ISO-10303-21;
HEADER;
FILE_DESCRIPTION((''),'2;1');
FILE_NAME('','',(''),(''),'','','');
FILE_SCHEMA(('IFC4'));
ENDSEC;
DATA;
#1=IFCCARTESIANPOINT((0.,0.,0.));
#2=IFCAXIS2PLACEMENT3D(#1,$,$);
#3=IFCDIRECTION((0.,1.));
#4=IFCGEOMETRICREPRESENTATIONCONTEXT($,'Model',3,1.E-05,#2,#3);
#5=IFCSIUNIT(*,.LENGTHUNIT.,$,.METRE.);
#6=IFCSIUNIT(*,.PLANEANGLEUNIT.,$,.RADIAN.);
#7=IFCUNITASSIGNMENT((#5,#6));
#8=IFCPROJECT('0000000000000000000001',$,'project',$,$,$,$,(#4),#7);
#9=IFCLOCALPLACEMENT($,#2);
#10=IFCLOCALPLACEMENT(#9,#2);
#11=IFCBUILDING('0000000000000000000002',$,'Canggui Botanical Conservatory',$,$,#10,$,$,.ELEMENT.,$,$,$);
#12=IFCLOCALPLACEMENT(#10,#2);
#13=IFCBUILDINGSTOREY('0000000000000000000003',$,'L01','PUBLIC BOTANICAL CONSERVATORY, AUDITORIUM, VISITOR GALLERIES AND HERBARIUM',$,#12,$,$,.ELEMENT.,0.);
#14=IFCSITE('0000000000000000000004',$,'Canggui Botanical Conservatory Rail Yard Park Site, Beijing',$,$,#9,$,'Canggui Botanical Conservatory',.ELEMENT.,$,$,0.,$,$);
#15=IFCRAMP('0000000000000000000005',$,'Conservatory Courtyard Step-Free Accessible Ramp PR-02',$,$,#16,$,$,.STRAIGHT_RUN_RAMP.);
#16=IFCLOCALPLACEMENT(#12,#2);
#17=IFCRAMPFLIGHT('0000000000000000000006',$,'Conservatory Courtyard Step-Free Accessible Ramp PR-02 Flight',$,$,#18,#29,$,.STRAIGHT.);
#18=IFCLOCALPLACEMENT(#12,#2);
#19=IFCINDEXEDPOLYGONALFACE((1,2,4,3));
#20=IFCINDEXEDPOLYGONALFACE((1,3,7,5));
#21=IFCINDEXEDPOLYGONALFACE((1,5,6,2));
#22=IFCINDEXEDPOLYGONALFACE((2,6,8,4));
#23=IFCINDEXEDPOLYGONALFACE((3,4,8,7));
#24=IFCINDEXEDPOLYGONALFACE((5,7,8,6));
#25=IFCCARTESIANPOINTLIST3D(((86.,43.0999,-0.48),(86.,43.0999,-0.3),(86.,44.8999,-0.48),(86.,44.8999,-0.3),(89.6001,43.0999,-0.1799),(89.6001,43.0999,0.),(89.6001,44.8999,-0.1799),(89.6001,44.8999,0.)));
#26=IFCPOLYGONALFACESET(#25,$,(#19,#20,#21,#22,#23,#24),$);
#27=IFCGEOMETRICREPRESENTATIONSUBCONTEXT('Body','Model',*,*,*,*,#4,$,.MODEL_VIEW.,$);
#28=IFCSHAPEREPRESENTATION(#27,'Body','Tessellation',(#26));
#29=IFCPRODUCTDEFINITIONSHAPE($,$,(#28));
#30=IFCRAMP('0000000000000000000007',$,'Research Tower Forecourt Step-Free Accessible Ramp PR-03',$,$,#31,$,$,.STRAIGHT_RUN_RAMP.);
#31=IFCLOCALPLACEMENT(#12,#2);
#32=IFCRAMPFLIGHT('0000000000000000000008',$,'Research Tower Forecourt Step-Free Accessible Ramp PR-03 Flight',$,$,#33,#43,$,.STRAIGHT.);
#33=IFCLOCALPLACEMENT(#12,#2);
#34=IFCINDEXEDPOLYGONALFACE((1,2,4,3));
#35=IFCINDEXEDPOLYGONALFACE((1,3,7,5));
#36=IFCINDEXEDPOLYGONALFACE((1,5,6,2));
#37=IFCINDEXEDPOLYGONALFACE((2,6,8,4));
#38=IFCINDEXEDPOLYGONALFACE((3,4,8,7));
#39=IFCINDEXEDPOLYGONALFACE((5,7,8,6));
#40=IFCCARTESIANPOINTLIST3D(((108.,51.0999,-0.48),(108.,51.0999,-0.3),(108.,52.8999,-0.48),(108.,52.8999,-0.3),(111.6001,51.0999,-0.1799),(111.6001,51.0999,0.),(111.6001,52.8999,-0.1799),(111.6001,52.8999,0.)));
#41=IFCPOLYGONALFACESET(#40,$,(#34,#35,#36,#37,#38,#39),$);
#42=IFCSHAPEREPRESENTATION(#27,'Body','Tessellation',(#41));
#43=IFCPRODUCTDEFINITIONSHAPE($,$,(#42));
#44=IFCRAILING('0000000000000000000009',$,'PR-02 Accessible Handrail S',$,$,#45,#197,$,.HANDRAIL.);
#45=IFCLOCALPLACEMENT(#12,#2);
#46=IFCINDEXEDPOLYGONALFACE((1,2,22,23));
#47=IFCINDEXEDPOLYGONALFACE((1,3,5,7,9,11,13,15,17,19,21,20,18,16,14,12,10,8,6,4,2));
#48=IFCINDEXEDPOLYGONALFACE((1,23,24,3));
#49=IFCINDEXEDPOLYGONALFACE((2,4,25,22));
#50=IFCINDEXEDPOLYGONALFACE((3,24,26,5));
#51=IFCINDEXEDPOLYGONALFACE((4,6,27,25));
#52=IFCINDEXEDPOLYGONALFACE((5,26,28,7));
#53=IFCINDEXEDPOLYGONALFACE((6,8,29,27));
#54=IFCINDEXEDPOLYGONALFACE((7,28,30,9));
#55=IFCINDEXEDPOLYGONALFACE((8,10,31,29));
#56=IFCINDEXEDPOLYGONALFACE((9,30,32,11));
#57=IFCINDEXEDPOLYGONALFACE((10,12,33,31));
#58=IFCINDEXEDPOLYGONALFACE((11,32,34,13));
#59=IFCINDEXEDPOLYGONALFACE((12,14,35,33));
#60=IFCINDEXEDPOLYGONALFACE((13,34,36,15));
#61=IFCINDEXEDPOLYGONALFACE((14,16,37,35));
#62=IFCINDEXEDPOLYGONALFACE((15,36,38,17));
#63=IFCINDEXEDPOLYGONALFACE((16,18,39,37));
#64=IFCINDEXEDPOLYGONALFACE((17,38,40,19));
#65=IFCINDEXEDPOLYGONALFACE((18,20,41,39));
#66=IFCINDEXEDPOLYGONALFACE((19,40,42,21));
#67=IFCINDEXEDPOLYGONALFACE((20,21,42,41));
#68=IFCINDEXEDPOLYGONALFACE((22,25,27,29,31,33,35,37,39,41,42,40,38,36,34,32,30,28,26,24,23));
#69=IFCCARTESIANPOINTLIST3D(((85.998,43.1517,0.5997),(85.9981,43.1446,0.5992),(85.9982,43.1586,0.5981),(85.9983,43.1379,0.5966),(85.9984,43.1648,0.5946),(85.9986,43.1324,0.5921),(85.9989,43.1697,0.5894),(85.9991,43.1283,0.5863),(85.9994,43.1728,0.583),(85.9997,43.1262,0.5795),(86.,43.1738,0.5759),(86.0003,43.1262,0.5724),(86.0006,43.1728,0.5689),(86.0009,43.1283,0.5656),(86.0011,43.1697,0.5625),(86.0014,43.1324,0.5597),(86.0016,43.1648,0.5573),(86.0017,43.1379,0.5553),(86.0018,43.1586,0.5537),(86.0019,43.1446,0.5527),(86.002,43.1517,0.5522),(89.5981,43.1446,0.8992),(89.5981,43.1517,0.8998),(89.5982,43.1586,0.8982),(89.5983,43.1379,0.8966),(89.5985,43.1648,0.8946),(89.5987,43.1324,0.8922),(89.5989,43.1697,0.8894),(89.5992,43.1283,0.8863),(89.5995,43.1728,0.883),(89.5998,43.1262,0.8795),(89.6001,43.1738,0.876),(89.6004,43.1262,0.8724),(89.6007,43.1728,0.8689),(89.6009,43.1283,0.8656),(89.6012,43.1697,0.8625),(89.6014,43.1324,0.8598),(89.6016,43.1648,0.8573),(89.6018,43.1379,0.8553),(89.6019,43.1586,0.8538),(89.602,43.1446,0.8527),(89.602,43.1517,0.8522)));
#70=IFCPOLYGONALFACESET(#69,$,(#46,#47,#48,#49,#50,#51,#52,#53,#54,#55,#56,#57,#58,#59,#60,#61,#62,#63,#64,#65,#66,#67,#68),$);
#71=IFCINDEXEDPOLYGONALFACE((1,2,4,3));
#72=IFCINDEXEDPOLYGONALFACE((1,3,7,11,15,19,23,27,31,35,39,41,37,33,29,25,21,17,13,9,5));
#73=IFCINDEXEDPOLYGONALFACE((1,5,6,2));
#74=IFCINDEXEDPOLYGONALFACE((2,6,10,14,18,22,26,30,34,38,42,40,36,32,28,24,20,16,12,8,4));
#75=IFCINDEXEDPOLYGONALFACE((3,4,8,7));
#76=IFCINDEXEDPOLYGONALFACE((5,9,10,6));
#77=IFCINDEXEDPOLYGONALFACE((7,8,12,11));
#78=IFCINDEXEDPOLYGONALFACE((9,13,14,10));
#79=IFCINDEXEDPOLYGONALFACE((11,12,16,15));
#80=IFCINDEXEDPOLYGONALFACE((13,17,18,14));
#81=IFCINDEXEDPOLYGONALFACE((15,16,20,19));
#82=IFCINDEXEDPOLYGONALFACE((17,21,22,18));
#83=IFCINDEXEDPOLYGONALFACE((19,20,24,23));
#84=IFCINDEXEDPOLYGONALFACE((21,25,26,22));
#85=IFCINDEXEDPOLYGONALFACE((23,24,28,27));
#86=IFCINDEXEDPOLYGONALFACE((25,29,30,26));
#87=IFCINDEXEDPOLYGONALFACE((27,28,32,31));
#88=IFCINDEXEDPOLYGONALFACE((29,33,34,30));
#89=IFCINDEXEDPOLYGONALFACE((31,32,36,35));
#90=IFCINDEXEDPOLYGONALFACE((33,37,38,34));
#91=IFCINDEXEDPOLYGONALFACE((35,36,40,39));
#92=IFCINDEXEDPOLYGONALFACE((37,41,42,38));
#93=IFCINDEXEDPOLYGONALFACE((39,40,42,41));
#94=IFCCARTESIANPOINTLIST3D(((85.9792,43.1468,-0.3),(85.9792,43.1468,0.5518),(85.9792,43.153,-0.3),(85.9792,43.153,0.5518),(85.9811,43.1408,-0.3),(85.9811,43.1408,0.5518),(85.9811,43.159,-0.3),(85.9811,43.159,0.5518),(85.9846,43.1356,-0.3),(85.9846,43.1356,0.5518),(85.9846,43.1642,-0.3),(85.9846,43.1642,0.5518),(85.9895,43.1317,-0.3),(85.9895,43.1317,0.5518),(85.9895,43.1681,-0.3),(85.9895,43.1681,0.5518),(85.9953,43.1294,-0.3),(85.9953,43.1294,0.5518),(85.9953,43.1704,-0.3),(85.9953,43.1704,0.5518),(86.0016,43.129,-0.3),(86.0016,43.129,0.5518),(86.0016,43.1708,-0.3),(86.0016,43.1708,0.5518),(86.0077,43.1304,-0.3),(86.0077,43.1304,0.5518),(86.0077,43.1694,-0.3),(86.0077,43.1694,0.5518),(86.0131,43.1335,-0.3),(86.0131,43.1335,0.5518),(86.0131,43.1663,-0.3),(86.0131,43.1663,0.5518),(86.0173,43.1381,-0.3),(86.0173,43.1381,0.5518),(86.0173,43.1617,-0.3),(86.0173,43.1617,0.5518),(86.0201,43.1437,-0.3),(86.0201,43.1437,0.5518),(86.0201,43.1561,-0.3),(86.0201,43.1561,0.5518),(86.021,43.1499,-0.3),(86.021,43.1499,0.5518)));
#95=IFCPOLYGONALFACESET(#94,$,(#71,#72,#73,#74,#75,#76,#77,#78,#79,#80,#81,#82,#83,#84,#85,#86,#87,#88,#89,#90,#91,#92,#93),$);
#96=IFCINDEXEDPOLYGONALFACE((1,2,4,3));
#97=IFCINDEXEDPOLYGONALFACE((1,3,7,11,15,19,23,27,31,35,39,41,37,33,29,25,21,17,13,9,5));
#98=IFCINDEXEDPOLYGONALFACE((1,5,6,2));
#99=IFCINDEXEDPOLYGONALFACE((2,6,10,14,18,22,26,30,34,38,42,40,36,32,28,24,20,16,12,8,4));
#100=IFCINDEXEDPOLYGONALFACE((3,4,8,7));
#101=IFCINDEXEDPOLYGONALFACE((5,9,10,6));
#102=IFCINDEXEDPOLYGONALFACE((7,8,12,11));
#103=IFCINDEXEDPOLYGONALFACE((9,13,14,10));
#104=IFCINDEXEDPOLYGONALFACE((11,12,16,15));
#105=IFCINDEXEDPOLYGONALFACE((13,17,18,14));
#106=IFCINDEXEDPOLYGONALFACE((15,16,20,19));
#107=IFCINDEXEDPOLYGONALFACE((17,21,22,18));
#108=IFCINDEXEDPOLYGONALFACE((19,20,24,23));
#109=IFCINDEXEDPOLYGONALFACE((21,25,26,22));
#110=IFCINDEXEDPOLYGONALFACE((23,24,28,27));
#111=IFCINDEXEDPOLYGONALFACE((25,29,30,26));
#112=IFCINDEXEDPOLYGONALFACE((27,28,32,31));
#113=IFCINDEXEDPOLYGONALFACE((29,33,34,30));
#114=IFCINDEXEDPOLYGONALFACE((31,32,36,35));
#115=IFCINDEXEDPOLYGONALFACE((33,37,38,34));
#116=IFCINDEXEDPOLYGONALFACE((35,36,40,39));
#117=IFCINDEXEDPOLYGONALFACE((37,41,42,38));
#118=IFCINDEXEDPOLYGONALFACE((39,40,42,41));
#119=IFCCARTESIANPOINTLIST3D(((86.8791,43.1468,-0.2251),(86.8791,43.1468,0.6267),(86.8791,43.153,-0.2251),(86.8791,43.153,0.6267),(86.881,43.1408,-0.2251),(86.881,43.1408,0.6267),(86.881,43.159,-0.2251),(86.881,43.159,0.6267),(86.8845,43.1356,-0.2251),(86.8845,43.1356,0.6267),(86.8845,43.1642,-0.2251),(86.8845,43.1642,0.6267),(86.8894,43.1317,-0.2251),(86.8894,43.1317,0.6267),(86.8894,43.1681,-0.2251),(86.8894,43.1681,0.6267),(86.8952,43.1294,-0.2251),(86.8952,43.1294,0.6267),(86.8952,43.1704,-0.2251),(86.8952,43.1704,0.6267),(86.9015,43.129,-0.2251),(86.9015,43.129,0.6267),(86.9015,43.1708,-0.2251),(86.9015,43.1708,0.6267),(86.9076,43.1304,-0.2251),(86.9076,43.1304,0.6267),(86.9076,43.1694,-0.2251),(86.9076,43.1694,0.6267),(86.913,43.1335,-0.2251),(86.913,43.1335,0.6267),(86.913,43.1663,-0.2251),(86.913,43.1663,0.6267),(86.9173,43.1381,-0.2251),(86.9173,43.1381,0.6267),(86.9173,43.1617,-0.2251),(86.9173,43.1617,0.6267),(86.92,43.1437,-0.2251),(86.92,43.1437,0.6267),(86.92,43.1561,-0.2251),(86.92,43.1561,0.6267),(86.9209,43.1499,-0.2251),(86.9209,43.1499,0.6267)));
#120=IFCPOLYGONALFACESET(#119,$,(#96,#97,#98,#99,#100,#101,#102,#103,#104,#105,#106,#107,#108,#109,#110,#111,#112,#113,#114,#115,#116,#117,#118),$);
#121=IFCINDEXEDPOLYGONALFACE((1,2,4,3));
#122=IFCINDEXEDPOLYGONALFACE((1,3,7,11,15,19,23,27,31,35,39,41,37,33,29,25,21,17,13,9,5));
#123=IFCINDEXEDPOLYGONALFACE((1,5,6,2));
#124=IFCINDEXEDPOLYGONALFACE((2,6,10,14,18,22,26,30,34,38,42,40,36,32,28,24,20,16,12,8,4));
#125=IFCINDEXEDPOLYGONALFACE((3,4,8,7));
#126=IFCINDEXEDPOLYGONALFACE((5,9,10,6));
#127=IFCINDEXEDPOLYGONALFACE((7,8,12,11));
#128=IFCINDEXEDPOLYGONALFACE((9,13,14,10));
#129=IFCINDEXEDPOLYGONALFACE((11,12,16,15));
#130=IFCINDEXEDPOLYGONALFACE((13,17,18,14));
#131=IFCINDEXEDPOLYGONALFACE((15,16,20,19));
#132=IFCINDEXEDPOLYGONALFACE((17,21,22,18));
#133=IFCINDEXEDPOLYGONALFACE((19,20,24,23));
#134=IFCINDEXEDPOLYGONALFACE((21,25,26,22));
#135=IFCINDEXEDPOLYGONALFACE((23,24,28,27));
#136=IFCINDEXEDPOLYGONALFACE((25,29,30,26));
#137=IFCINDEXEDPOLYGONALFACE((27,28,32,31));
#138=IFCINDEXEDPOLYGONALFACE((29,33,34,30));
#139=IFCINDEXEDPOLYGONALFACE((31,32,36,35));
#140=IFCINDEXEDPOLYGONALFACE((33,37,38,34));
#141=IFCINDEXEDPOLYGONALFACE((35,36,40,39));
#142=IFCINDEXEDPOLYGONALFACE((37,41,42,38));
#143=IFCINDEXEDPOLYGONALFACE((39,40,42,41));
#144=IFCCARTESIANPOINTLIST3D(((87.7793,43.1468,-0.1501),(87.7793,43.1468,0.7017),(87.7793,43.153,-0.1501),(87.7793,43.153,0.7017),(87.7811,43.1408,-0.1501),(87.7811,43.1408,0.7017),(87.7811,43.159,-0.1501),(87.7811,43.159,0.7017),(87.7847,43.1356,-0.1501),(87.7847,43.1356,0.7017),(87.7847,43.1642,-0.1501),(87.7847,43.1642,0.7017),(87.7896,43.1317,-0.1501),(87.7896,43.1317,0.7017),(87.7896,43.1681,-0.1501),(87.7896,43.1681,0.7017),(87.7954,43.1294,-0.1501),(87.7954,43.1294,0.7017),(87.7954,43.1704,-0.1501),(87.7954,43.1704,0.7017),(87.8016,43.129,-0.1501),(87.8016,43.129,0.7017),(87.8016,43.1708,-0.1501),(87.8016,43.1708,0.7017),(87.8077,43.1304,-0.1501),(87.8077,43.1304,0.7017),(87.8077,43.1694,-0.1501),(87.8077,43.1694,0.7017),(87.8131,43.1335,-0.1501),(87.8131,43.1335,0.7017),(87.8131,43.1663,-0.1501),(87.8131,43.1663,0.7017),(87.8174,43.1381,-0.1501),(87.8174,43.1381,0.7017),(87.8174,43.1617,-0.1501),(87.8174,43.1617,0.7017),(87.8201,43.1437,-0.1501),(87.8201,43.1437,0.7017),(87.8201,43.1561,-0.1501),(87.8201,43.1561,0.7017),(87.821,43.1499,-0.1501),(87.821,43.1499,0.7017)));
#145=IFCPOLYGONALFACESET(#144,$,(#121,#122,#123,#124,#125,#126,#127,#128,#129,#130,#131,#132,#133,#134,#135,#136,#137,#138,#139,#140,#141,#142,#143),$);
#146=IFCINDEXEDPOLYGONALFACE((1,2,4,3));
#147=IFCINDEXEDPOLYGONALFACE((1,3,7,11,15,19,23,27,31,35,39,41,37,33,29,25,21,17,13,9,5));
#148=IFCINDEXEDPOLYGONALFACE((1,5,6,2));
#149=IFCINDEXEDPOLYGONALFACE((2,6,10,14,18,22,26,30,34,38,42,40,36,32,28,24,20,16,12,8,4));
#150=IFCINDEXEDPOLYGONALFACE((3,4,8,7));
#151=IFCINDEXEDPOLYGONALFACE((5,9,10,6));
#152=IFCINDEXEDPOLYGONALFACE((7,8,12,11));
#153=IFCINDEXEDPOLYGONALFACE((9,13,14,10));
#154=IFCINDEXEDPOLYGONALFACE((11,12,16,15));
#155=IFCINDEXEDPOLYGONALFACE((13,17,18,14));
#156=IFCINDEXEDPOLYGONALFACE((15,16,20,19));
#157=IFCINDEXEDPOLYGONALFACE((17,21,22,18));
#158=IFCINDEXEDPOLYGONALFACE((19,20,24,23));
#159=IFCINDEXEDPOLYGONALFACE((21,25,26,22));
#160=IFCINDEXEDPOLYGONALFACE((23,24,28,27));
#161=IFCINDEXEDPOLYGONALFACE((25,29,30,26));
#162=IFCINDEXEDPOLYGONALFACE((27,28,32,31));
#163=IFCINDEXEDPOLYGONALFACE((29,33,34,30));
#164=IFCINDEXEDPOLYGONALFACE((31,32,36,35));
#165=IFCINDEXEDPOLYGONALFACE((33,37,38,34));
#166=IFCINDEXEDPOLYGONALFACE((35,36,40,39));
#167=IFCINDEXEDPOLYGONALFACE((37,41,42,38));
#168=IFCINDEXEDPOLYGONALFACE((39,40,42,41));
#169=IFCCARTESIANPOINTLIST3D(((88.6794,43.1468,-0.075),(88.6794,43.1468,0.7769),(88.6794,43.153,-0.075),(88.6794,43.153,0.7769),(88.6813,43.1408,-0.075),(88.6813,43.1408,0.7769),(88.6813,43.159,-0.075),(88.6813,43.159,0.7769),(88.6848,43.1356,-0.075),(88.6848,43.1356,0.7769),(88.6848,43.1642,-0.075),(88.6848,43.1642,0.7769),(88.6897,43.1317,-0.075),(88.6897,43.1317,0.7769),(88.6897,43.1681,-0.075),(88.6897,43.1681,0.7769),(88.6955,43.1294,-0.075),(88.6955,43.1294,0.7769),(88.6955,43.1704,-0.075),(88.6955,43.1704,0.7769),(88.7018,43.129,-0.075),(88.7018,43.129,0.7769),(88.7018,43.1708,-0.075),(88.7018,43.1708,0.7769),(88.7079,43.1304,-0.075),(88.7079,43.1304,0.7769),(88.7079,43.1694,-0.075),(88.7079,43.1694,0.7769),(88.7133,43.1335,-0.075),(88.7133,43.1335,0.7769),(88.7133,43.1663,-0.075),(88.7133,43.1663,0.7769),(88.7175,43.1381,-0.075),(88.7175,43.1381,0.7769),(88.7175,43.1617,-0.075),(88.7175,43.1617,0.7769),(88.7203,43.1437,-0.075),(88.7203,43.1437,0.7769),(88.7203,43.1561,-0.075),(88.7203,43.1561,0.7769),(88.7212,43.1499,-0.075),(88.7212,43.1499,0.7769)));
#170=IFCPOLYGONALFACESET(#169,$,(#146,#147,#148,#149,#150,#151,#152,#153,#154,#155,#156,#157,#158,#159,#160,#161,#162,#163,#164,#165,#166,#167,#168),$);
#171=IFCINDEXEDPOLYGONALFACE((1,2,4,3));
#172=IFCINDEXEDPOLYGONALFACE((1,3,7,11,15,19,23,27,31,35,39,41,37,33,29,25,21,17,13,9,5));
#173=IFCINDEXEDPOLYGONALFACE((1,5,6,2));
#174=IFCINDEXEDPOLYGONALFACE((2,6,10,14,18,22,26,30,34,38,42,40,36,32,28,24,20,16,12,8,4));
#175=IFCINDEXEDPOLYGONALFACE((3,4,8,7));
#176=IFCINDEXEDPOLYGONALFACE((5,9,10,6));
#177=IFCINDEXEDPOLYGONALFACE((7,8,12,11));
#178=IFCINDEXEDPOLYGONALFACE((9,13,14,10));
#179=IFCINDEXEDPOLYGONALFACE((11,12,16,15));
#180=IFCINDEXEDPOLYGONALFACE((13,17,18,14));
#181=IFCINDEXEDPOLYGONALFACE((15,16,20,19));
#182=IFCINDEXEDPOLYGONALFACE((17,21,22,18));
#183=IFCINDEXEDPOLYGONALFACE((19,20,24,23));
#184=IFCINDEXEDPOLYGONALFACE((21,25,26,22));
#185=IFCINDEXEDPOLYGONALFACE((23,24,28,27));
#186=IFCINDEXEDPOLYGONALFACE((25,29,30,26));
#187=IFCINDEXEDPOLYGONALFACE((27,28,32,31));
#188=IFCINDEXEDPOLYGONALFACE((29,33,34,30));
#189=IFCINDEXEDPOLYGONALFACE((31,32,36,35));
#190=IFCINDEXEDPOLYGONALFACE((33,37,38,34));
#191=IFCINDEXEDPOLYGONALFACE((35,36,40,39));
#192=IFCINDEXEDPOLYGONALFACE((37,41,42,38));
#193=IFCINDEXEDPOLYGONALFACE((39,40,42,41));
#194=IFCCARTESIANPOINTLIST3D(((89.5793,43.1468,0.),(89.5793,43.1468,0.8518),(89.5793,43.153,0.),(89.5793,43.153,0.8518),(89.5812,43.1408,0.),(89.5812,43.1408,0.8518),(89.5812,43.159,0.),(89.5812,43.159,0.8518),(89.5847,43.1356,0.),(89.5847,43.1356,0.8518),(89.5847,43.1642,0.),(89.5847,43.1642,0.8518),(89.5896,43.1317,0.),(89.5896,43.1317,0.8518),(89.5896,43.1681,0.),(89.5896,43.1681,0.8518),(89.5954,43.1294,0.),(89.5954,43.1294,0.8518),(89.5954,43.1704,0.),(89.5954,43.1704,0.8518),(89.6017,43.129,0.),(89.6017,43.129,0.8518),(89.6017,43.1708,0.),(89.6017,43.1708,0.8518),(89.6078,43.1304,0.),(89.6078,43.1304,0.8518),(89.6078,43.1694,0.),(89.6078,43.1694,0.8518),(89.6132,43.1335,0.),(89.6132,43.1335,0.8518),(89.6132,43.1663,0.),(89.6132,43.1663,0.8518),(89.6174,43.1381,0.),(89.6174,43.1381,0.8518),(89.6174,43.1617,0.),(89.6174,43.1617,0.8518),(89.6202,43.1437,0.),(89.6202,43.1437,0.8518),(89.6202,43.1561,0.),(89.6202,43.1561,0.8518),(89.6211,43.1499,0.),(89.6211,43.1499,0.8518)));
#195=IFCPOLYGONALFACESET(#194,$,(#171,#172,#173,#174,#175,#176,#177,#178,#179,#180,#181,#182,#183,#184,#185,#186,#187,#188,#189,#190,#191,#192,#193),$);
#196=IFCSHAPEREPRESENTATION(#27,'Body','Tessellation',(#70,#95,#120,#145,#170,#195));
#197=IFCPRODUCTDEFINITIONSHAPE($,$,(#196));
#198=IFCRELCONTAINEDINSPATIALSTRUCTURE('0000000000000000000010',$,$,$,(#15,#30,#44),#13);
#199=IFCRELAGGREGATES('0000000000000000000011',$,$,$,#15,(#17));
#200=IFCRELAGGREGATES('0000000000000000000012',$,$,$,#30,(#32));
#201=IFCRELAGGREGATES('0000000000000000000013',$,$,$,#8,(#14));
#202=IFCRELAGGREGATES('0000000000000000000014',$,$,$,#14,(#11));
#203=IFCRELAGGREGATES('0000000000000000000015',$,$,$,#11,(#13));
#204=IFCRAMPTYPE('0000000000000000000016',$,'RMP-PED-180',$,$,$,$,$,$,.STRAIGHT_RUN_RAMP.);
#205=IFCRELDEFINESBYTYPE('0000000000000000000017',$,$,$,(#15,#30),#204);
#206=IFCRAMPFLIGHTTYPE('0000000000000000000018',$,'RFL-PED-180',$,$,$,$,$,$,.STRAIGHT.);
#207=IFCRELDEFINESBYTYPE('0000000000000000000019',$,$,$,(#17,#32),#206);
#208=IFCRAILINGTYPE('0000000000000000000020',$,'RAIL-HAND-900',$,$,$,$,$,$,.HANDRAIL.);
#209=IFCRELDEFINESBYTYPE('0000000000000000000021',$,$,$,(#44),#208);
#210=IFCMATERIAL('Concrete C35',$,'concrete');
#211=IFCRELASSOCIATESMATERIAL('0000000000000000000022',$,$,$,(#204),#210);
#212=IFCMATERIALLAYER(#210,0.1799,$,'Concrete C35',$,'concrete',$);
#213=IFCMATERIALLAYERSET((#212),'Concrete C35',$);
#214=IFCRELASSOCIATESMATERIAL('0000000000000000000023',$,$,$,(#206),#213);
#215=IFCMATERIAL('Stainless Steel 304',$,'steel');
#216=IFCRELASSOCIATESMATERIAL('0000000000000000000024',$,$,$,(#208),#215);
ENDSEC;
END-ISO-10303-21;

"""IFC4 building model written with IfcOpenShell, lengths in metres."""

from ifc_helpers import new_model, si_unit, direction, frame, origin, origin_2d, place, context, subcontext, project, spatial, polyline, circle, outline, extrude, material, layer, layer_set, type_object, element, aggregate, save


model = new_model("IFC4")

# Units and contexts
model_context = context("Model", 3, precision=1e-05, world=origin(), true_north=direction((0.0, 1.0)))
body_context = subcontext(model_context, "Body", "Model", "MODEL_VIEW")
ifc_project = project(units=[si_unit("LENGTHUNIT", "METRE"), si_unit("PLANEANGLEUNIT", "RADIAN")], contexts=[model_context])

# Site, building, storey
site_placement = place(None, origin())
site = spatial("IfcSite", under=ifc_project, at=site_placement, Name="Canggui Botanical Conservatory Rail Yard Park Site, Beijing", LongName="Canggui Botanical Conservatory", CompositionType="ELEMENT", RefElevation=0.0)
building_placement = place(site_placement, origin())
building = spatial("IfcBuilding", under=site, at=building_placement, Name="Canggui Botanical Conservatory", CompositionType="ELEMENT")
storey_placement = place(building_placement, origin())
storey = spatial("IfcBuildingStorey", under=building, at=storey_placement, Name="L01", Description="PUBLIC BOTANICAL CONSERVATORY, AUDITORIUM, VISITOR GALLERIES AND HERBARIUM", CompositionType="ELEMENT", Elevation=0.0)

# Shared definitions
ifc_material_1 = material(Name="Concrete C35", Category="concrete")

# Ramps, ramp flights
ramp_type = type_object("IfcRampType", Name="RMP-PED-180", PredefinedType="STRAIGHT_RUN_RAMP", material=ifc_material_1)
ramp_1_placement = place(storey_placement, origin())
ramp_1 = element("IfcRamp", 1, at=ramp_1_placement, inside=storey, type_object=ramp_type, Name="Conservatory Courtyard Step-Free Accessible Ramp PR-02", PredefinedType="STRAIGHT_RUN_RAMP")
ifc_layer_1 = layer(ifc_material_1, 0.1799, Name="Concrete C35", Category="concrete")
ifc_layer_set_1 = layer_set([ifc_layer_1], Name="Concrete C35")
ramp_flight_type = type_object("IfcRampFlightType", Name="RFL-PED-180", PredefinedType="STRAIGHT", material=ifc_layer_set_1)
ramp_flight_1_placement = place(storey_placement, frame((86.0, 44.0, -0.3), z_axis=(0.0, 0.0, 1.0), x_axis=(1.0, 0.0, 0.0)))
ramp_flight_1 = element("IfcRampFlight", 2, at=ramp_flight_1_placement, type_object=ramp_flight_type, Name="Conservatory Courtyard Step-Free Accessible Ramp PR-02 Flight", PredefinedType="STRAIGHT", context=body_context, shape_type="SweptSolid", body=[
    extrude(outline(polyline([(0.0, 0.0), (3.6001, 0.3), (3.6001, 0.1201), (0.0, -0.1799), (0.0, 0.0)])), frame((0.0, 0.8999, 0.0), z_axis=(0.0, -1.0, 0.0), x_axis=(1.0, 0.0, 0.0)), (0.0, 0.0, 1.0), 1.8),
])
aggregate(ramp_1, [ramp_flight_1])
ramp_2_placement = place(storey_placement, origin())
ramp_2 = element("IfcRamp", 3, at=ramp_2_placement, inside=storey, type_object=ramp_type, Name="Research Tower Forecourt Step-Free Accessible Ramp PR-03", PredefinedType="STRAIGHT_RUN_RAMP")
ramp_flight_2_placement = place(storey_placement, frame((108.0, 52.0, -0.3), z_axis=(0.0, 0.0, 1.0), x_axis=(1.0, 0.0, 0.0)))
ramp_flight_2 = element("IfcRampFlight", 4, at=ramp_flight_2_placement, type_object=ramp_flight_type, Name="Research Tower Forecourt Step-Free Accessible Ramp PR-03 Flight", PredefinedType="STRAIGHT", context=body_context, shape_type="SweptSolid", body=[
    extrude(outline(polyline([(0.0, 0.0), (3.6001, 0.3), (3.6001, 0.1201), (0.0, -0.1799), (0.0, 0.0)])), frame((0.0, 0.8999, 0.0), z_axis=(0.0, -1.0, 0.0), x_axis=(1.0, 0.0, 0.0)), (0.0, 0.0, 1.0), 1.8),
])
aggregate(ramp_2, [ramp_flight_2])

# Railing
ifc_material_2 = material(Name="Stainless Steel 304", Category="steel")
railing_type = type_object("IfcRailingType", Name="RAIL-HAND-900", PredefinedType="HANDRAIL", material=ifc_material_2)
for number, where, name in (
    (5, (86.0, 43.1499, -0.3), "PR-02 Accessible Handrail S"),
):
    element("IfcRailing", number, at=place(storey_placement, frame(where)), inside=storey, type_object=railing_type, Name=name, PredefinedType="HANDRAIL", context=body_context, shape_type="SweptSolid", body=[
        extrude(circle(Radius=0.0239, at=origin_2d()), frame((0.0, 0.0, 0.876), z_axis=(0.996545, 0.0, 0.083057), x_axis=(0.0, 1.0, 0.0)), (0.0, 0.0, 1.0), 3.6125),
        extrude(circle(Radius=0.021, at=origin_2d()), origin(), (0.0, 0.0, 1.0), 0.8518),
        extrude(circle(Radius=0.021, at=origin_2d()), frame((0.8999, 0.0, 0.075)), (0.0, 0.0, 1.0), 0.8518),
        extrude(circle(Radius=0.021, at=origin_2d()), frame((1.8, 0.0, 0.1499)), (0.0, 0.0, 1.0), 0.8518),
        extrude(circle(Radius=0.021, at=origin_2d()), frame((2.7002, 0.0, 0.2251)), (0.0, 0.0, 1.0), 0.8518),
        extrude(circle(Radius=0.021, at=origin_2d()), frame((3.6001, 0.0, 0.3)), (0.0, 0.0, 1.0), 0.8518),
    ])

save(model, "model.ifc")
